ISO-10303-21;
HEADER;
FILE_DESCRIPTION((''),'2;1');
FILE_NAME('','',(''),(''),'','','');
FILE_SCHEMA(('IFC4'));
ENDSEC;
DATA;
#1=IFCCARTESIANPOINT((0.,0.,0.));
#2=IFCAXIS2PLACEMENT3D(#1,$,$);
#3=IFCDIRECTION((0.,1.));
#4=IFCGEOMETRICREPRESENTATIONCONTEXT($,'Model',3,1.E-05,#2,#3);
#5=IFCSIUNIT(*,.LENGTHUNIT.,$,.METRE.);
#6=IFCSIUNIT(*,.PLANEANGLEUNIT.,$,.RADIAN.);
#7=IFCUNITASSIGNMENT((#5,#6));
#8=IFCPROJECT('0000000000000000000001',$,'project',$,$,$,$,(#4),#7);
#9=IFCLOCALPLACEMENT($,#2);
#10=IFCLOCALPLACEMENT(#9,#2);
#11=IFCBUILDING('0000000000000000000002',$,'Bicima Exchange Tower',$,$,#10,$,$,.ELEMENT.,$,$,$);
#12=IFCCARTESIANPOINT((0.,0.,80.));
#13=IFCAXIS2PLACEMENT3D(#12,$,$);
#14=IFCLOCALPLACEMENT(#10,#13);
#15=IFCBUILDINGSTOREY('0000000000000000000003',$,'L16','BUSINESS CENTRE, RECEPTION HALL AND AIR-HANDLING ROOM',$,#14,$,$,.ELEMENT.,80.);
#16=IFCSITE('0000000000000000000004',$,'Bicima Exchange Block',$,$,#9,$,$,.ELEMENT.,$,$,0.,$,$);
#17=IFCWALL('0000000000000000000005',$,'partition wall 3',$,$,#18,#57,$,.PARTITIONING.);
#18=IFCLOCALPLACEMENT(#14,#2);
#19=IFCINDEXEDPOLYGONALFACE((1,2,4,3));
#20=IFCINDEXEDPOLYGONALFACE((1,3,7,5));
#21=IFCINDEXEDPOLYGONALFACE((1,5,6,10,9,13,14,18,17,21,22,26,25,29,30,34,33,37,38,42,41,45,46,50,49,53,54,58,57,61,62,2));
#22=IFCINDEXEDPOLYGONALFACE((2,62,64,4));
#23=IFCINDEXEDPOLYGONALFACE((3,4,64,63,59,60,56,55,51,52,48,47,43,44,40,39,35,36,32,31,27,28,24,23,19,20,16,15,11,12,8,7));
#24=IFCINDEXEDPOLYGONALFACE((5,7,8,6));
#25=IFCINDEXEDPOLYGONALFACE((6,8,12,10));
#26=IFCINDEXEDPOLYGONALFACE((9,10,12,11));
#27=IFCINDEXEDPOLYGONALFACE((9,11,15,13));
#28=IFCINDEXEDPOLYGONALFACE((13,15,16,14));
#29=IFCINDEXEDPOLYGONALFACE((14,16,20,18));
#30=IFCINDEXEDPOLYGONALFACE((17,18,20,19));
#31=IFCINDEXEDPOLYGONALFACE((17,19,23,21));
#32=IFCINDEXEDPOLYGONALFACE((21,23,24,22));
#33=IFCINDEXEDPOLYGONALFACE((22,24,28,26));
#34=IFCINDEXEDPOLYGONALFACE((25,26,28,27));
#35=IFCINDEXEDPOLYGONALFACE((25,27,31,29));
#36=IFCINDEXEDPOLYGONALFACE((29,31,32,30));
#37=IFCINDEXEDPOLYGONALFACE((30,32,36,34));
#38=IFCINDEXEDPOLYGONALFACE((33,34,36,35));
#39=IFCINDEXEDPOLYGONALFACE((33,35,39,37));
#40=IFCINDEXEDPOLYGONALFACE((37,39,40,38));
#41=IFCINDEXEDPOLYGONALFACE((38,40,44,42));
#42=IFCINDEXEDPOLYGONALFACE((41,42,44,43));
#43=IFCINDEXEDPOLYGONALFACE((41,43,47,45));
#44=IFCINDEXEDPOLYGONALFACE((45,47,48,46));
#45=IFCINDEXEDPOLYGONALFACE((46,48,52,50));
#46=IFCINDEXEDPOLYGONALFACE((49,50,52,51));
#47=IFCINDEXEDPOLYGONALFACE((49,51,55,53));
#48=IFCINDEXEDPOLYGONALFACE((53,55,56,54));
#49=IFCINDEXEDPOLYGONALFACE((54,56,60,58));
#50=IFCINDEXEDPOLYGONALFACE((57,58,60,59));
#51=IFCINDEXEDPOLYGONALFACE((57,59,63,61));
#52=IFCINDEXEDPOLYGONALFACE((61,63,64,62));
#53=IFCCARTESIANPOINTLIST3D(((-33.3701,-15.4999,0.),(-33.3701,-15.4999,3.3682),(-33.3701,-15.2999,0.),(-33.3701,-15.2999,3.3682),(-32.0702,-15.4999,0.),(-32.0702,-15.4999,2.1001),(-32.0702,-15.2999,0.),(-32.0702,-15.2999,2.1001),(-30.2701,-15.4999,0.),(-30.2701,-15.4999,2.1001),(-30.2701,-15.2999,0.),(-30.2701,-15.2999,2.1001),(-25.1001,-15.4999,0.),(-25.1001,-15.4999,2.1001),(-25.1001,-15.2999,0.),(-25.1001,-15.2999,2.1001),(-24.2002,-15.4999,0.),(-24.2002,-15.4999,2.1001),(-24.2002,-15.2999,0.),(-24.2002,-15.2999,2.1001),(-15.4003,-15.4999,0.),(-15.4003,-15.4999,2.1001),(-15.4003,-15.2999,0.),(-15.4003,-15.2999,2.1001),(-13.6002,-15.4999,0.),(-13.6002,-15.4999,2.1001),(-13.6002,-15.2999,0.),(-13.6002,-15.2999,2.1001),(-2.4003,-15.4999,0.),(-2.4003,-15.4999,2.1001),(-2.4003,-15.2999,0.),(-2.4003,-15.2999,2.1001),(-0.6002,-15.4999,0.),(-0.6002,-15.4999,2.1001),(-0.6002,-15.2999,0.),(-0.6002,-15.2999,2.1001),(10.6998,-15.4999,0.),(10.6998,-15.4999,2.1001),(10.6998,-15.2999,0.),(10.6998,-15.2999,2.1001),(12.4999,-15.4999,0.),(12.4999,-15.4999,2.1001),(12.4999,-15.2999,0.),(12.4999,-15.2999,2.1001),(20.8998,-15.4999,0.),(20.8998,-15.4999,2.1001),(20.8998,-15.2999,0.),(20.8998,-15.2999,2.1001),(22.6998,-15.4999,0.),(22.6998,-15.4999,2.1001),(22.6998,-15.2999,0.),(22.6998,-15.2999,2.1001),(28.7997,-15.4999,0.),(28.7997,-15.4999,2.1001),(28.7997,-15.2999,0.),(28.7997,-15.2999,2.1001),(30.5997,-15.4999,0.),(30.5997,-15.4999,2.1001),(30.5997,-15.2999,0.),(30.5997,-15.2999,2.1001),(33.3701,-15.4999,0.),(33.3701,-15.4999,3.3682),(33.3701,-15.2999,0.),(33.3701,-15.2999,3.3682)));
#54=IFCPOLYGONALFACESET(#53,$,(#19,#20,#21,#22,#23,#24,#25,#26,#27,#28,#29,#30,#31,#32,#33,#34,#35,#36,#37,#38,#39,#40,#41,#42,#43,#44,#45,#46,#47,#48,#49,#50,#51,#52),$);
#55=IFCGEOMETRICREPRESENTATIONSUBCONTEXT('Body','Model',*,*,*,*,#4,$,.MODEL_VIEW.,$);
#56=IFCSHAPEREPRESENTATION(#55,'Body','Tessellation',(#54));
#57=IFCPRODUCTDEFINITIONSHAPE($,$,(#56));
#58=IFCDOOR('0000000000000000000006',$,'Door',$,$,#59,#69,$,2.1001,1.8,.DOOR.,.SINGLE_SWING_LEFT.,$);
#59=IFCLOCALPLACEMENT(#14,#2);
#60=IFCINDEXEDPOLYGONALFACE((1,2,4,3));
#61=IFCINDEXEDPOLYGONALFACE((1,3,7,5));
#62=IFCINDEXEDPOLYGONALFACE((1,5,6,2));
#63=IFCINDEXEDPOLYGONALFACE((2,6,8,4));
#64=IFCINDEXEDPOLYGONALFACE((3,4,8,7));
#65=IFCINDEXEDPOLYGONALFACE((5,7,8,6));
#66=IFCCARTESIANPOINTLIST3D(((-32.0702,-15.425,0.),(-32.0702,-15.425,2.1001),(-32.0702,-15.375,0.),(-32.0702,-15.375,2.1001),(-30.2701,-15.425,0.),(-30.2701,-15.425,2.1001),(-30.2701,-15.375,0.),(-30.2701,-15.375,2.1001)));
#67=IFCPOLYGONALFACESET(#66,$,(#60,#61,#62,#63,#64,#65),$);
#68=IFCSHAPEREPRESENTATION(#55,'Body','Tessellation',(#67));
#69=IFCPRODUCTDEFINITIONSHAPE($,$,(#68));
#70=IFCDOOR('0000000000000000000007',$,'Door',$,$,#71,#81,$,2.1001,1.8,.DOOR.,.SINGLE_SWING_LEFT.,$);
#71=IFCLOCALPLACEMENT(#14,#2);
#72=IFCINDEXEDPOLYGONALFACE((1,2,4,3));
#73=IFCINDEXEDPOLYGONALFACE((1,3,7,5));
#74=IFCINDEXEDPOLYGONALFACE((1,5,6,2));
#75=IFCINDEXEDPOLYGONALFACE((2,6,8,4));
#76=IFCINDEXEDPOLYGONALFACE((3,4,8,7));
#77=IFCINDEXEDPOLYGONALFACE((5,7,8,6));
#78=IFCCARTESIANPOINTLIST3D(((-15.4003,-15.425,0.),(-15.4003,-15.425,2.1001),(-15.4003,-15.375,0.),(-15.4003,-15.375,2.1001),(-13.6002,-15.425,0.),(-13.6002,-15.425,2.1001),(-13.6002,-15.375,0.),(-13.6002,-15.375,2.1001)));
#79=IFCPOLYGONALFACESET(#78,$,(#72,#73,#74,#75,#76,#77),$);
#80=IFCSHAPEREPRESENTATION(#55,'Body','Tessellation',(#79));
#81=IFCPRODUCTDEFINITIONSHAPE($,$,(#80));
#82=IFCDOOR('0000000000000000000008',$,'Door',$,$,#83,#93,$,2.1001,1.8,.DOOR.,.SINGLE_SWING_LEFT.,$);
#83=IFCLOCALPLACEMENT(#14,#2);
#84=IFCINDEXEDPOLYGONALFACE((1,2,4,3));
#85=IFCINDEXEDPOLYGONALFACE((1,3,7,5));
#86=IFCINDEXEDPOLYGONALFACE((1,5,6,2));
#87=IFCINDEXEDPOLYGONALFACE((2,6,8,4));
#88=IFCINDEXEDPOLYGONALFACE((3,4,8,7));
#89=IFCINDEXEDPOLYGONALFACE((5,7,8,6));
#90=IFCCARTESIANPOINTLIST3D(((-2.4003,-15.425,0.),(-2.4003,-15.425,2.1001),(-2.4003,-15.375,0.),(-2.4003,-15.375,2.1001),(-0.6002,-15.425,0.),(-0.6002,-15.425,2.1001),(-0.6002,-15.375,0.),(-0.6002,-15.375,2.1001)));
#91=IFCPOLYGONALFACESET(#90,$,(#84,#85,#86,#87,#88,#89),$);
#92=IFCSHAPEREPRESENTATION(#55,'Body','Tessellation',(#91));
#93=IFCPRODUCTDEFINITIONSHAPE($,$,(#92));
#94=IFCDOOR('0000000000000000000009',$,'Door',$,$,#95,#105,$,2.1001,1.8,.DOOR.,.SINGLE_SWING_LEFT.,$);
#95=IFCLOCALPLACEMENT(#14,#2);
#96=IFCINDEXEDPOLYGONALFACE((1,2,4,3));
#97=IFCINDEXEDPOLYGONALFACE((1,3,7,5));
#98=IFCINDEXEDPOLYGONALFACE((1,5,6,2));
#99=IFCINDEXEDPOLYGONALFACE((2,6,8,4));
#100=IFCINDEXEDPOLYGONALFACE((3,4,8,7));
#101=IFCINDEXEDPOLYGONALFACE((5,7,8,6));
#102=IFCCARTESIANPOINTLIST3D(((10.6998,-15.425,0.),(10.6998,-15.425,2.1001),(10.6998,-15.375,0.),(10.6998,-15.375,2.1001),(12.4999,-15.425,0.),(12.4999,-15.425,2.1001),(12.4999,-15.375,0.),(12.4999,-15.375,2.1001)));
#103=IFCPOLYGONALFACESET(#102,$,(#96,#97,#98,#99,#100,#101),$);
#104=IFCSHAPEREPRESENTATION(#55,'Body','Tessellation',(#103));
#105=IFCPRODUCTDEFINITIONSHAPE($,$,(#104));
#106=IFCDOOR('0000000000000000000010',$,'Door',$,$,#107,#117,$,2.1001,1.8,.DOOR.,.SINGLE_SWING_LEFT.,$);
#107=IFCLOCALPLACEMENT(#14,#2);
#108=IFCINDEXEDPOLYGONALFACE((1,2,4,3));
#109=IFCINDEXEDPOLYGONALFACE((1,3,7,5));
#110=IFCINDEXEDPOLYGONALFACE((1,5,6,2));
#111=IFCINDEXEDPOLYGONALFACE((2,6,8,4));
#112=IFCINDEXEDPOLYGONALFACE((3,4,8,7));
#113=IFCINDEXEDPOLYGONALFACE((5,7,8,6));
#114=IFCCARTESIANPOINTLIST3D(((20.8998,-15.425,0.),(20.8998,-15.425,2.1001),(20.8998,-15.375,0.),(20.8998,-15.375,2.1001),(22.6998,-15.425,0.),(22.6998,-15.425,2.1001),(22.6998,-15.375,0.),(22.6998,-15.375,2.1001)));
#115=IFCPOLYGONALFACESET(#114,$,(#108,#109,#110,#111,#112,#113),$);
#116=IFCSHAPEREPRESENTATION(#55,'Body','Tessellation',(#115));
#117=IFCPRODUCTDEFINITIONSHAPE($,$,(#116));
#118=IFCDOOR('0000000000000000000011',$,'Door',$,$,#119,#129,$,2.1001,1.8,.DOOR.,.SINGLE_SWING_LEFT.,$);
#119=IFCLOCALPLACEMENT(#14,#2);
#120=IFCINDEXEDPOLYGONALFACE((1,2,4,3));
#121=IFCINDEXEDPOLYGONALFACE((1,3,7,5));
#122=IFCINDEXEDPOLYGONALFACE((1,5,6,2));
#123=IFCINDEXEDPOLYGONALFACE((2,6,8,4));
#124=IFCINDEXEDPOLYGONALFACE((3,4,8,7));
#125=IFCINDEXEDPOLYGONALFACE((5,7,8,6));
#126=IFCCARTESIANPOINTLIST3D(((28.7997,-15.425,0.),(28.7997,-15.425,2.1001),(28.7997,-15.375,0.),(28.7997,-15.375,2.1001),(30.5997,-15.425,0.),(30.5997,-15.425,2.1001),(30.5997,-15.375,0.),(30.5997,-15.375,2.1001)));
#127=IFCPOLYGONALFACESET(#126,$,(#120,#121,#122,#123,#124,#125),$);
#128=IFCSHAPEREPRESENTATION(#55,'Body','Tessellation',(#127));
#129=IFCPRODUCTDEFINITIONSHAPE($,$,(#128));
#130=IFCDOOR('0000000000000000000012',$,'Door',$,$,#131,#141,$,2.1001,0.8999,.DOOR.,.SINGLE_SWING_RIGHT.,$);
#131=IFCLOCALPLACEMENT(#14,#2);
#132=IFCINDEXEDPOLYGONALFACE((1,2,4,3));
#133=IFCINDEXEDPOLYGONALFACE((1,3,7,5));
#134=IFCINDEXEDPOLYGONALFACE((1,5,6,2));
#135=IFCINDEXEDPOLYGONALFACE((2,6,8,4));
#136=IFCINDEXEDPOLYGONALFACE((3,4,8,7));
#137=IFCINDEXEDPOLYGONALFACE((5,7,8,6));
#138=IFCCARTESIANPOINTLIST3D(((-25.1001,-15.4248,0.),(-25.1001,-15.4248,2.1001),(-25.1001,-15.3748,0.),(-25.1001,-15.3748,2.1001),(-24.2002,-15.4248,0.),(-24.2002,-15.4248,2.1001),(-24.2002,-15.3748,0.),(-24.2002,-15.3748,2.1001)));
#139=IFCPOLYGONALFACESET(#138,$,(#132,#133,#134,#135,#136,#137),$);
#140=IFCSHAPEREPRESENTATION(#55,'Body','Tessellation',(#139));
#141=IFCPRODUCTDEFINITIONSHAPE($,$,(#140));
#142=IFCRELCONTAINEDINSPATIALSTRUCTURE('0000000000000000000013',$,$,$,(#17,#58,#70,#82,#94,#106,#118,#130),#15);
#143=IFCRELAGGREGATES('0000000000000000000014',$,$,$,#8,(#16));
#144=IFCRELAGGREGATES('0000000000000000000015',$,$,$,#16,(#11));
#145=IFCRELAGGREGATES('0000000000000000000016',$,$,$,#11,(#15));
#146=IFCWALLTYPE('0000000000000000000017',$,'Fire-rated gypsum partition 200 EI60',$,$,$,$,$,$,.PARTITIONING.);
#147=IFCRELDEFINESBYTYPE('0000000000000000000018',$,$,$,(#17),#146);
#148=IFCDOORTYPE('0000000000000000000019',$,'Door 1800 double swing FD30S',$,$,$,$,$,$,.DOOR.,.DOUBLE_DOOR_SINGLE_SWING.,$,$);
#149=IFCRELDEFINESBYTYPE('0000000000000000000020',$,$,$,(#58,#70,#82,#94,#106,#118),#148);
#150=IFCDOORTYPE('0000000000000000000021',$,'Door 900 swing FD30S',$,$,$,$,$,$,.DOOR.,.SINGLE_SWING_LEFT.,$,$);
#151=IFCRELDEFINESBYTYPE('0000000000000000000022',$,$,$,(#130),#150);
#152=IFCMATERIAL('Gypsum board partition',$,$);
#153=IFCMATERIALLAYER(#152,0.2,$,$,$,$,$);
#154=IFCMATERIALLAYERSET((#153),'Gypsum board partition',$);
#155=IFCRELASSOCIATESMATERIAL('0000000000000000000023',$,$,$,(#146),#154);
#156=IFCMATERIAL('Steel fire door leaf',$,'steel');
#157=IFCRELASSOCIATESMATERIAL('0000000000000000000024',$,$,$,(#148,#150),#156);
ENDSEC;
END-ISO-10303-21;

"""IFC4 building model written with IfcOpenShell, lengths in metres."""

from ifc_helpers import new_model, si_unit, direction, frame, frame_2d, origin, place, context, subcontext, project, spatial, rectangle, extrude, material, layer, layer_set, type_object, element, fill, save


model = new_model("IFC4")

# Units and contexts
model_context = context("Model", 3, precision=1e-05, world=origin(), true_north=direction((0.0, 1.0)))
body_context = subcontext(model_context, "Body", "Model", "MODEL_VIEW")
ifc_project = project(units=[si_unit("LENGTHUNIT", "METRE"), si_unit("PLANEANGLEUNIT", "RADIAN")], contexts=[model_context])

# Site, building, storey
site_placement = place(None, origin())
site = spatial("IfcSite", under=ifc_project, at=site_placement, Name="Bicima Exchange Block", CompositionType="ELEMENT", RefElevation=0.0)
building_placement = place(site_placement, origin())
building = spatial("IfcBuilding", under=site, at=building_placement, Name="Bicima Exchange Tower", CompositionType="ELEMENT")
storey_placement = place(building_placement, frame((0.0, 0.0, 80.0)))
storey = spatial("IfcBuildingStorey", under=building, at=storey_placement, Name="L16", Description="BUSINESS CENTRE, RECEPTION HALL AND AIR-HANDLING ROOM", CompositionType="ELEMENT", Elevation=80.0)

# Wall, openings, doors
ifc_material_1 = material(Name="Gypsum board partition")
ifc_layer_1 = layer(ifc_material_1, 0.2)
ifc_layer_set_1 = layer_set([ifc_layer_1], Name="Gypsum board partition")
wall_type_1 = type_object("IfcWallType", Name="Fire-rated gypsum partition 200 EI60", PredefinedType="PARTITIONING", material=ifc_layer_set_1)
wall_1_placement = place(storey_placement, frame((-33.3701, -15.3999, 0.0), z_axis=(0.0, 0.0, 1.0), x_axis=(1.0, 0.0, 0.0)))
wall_1 = element("IfcWall", 1, at=wall_1_placement, inside=storey, type_object=wall_type_1, Name="partition wall 3", PredefinedType="PARTITIONING", context=body_context, shape_type="SweptSolid", body=[
    extrude(rectangle(XDim=66.7402, YDim=0.2, at=frame_2d((33.3701, 0.0))), origin(), (0.0, 0.0, 1.0), 3.3682),
])
opening_1_placement = place(wall_1_placement, frame((1.3, 0.0, 0.0)))
opening_1 = element("IfcOpeningElement", 2, at=opening_1_placement, cuts=wall_1, PredefinedType="OPENING", context=body_context, shape_type="SweptSolid", body=[
    extrude(rectangle(XDim=1.8, YDim=2.1001, at=frame_2d((0.8999, 1.05))), frame((0.0, 0.1118, 0.0), z_axis=(0.0, -1.0, 0.0), x_axis=(1.0, 0.0, 0.0)), (0.0, 0.0, 1.0), 0.2239),
])
opening_2_placement = place(wall_1_placement, frame((8.27, 0.0, 0.0)))
opening_2 = element("IfcOpeningElement", 3, at=opening_2_placement, cuts=wall_1, PredefinedType="OPENING", context=body_context, shape_type="SweptSolid", body=[
    extrude(rectangle(XDim=0.8999, YDim=2.1001, at=frame_2d((0.45, 1.05))), frame((0.0, 0.1118, 0.0), z_axis=(0.0, -1.0, 0.0), x_axis=(1.0, 0.0, 0.0)), (0.0, 0.0, 1.0), 0.2239),
])
opening_3_placement = place(wall_1_placement, frame((17.97, 0.0, 0.0)))
opening_3 = element("IfcOpeningElement", 4, at=opening_3_placement, cuts=wall_1, PredefinedType="OPENING", context=body_context, shape_type="SweptSolid", body=[
    extrude(rectangle(XDim=1.8, YDim=2.1001, at=frame_2d((0.8999, 1.05))), frame((0.0, 0.1118, 0.0), z_axis=(0.0, -1.0, 0.0), x_axis=(1.0, 0.0, 0.0)), (0.0, 0.0, 1.0), 0.2239),
])
opening_4_placement = place(wall_1_placement, frame((30.97, 0.0, 0.0)))
opening_4 = element("IfcOpeningElement", 5, at=opening_4_placement, cuts=wall_1, PredefinedType="OPENING", context=body_context, shape_type="SweptSolid", body=[
    extrude(rectangle(XDim=1.8, YDim=2.1001, at=frame_2d((0.8999, 1.05))), frame((0.0, 0.1118, 0.0), z_axis=(0.0, -1.0, 0.0), x_axis=(1.0, 0.0, 0.0)), (0.0, 0.0, 1.0), 0.2239),
])
opening_5_placement = place(wall_1_placement, frame((44.0701, 0.0, 0.0)))
opening_5 = element("IfcOpeningElement", 6, at=opening_5_placement, cuts=wall_1, PredefinedType="OPENING", context=body_context, shape_type="SweptSolid", body=[
    extrude(rectangle(XDim=1.8, YDim=2.1001, at=frame_2d((0.8999, 1.05))), frame((0.0, 0.1118, 0.0), z_axis=(0.0, -1.0, 0.0), x_axis=(1.0, 0.0, 0.0)), (0.0, 0.0, 1.0), 0.2239),
])
opening_6_placement = place(wall_1_placement, frame((54.27, 0.0, 0.0)))
opening_6 = element("IfcOpeningElement", 7, at=opening_6_placement, cuts=wall_1, PredefinedType="OPENING", context=body_context, shape_type="SweptSolid", body=[
    extrude(rectangle(XDim=1.8, YDim=2.1001, at=frame_2d((0.8999, 1.05))), frame((0.0, 0.1118, 0.0), z_axis=(0.0, -1.0, 0.0), x_axis=(1.0, 0.0, 0.0)), (0.0, 0.0, 1.0), 0.2239),
])
opening_7_placement = place(wall_1_placement, frame((62.1699, 0.0, 0.0)))
opening_7 = element("IfcOpeningElement", 8, at=opening_7_placement, cuts=wall_1, PredefinedType="OPENING", context=body_context, shape_type="SweptSolid", body=[
    extrude(rectangle(XDim=1.8, YDim=2.1001, at=frame_2d((0.8999, 1.05))), frame((0.0, 0.1118, 0.0), z_axis=(0.0, -1.0, 0.0), x_axis=(1.0, 0.0, 0.0)), (0.0, 0.0, 1.0), 0.2239),
])
ifc_material_2 = material(Name="Steel fire door leaf", Category="steel")
door_type_1 = type_object("IfcDoorType", Name="Door 1800 double swing FD30S", OperationType="DOUBLE_DOOR_SINGLE_SWING", PredefinedType="DOOR", material=ifc_material_2)
door_1_placement = place(opening_1_placement, origin())
door_1 = element("IfcDoor", 9, at=door_1_placement, inside=storey, type_object=door_type_1, Name="Door", OperationType="SINGLE_SWING_LEFT", OverallHeight=2.1001, OverallWidth=1.8, PredefinedType="DOOR", context=body_context, shape_type="SweptSolid", body=[
    extrude(rectangle(XDim=1.8, YDim=2.1001, at=frame_2d((0.8999, 1.05))), frame((0.0, 0.0249, 0.0), z_axis=(0.0, -1.0, 0.0), x_axis=(1.0, 0.0, 0.0)), (0.0, 0.0, 1.0), 0.05),
])
fill(opening_1, door_1)
door_2_placement = place(opening_3_placement, origin())
door_2 = element("IfcDoor", 10, at=door_2_placement, inside=storey, type_object=door_type_1, Name="Door", OperationType="SINGLE_SWING_LEFT", OverallHeight=2.1001, OverallWidth=1.8, PredefinedType="DOOR", context=body_context, shape_type="SweptSolid", body=[
    extrude(rectangle(XDim=1.8, YDim=2.1001, at=frame_2d((0.8999, 1.05))), frame((0.0, 0.0249, 0.0), z_axis=(0.0, -1.0, 0.0), x_axis=(1.0, 0.0, 0.0)), (0.0, 0.0, 1.0), 0.05),
])
fill(opening_3, door_2)
door_3_placement = place(opening_4_placement, origin())
door_3 = element("IfcDoor", 11, at=door_3_placement, inside=storey, type_object=door_type_1, Name="Door", OperationType="SINGLE_SWING_LEFT", OverallHeight=2.1001, OverallWidth=1.8, PredefinedType="DOOR", context=body_context, shape_type="SweptSolid", body=[
    extrude(rectangle(XDim=1.8, YDim=2.1001, at=frame_2d((0.8999, 1.05))), frame((0.0, 0.0249, 0.0), z_axis=(0.0, -1.0, 0.0), x_axis=(1.0, 0.0, 0.0)), (0.0, 0.0, 1.0), 0.05),
])
fill(opening_4, door_3)
door_4_placement = place(opening_5_placement, origin())
door_4 = element("IfcDoor", 12, at=door_4_placement, inside=storey, type_object=door_type_1, Name="Door", OperationType="SINGLE_SWING_LEFT", OverallHeight=2.1001, OverallWidth=1.8, PredefinedType="DOOR", context=body_context, shape_type="SweptSolid", body=[
    extrude(rectangle(XDim=1.8, YDim=2.1001, at=frame_2d((0.8999, 1.05))), frame((0.0, 0.0249, 0.0), z_axis=(0.0, -1.0, 0.0), x_axis=(1.0, 0.0, 0.0)), (0.0, 0.0, 1.0), 0.05),
])
fill(opening_5, door_4)
door_5_placement = place(opening_6_placement, origin())
door_5 = element("IfcDoor", 13, at=door_5_placement, inside=storey, type_object=door_type_1, Name="Door", OperationType="SINGLE_SWING_LEFT", OverallHeight=2.1001, OverallWidth=1.8, PredefinedType="DOOR", context=body_context, shape_type="SweptSolid", body=[
    extrude(rectangle(XDim=1.8, YDim=2.1001, at=frame_2d((0.8999, 1.05))), frame((0.0, 0.0249, 0.0), z_axis=(0.0, -1.0, 0.0), x_axis=(1.0, 0.0, 0.0)), (0.0, 0.0, 1.0), 0.05),
])
fill(opening_6, door_5)
door_6_placement = place(opening_7_placement, origin())
door_6 = element("IfcDoor", 14, at=door_6_placement, inside=storey, type_object=door_type_1, Name="Door", OperationType="SINGLE_SWING_LEFT", OverallHeight=2.1001, OverallWidth=1.8, PredefinedType="DOOR", context=body_context, shape_type="SweptSolid", body=[
    extrude(rectangle(XDim=1.8, YDim=2.1001, at=frame_2d((0.8999, 1.05))), frame((0.0, 0.0249, 0.0), z_axis=(0.0, -1.0, 0.0), x_axis=(1.0, 0.0, 0.0)), (0.0, 0.0, 1.0), 0.05),
])
fill(opening_7, door_6)
door_type_2 = type_object("IfcDoorType", Name="Door 900 swing FD30S", OperationType="SINGLE_SWING_LEFT", PredefinedType="DOOR", material=ifc_material_2)
door_7_placement = place(opening_2_placement, frame((0.8999, 0.0, 0.0), z_axis=(0.0, 0.0, 1.0), x_axis=(-1.0, 0.0, 0.0)))
door_7 = element("IfcDoor", 15, at=door_7_placement, inside=storey, type_object=door_type_2, Name="Door", OperationType="SINGLE_SWING_RIGHT", OverallHeight=2.1001, OverallWidth=0.8999, PredefinedType="DOOR", context=body_context, shape_type="SweptSolid", body=[
    extrude(rectangle(XDim=0.8999, YDim=2.1001, at=frame_2d((0.45, 1.05))), frame((0.0, 0.0249, 0.0), z_axis=(0.0, -1.0, 0.0), x_axis=(1.0, 0.0, 0.0)), (0.0, 0.0, 1.0), 0.05),
])
fill(opening_2, door_7)

save(model, "model.ifc")
